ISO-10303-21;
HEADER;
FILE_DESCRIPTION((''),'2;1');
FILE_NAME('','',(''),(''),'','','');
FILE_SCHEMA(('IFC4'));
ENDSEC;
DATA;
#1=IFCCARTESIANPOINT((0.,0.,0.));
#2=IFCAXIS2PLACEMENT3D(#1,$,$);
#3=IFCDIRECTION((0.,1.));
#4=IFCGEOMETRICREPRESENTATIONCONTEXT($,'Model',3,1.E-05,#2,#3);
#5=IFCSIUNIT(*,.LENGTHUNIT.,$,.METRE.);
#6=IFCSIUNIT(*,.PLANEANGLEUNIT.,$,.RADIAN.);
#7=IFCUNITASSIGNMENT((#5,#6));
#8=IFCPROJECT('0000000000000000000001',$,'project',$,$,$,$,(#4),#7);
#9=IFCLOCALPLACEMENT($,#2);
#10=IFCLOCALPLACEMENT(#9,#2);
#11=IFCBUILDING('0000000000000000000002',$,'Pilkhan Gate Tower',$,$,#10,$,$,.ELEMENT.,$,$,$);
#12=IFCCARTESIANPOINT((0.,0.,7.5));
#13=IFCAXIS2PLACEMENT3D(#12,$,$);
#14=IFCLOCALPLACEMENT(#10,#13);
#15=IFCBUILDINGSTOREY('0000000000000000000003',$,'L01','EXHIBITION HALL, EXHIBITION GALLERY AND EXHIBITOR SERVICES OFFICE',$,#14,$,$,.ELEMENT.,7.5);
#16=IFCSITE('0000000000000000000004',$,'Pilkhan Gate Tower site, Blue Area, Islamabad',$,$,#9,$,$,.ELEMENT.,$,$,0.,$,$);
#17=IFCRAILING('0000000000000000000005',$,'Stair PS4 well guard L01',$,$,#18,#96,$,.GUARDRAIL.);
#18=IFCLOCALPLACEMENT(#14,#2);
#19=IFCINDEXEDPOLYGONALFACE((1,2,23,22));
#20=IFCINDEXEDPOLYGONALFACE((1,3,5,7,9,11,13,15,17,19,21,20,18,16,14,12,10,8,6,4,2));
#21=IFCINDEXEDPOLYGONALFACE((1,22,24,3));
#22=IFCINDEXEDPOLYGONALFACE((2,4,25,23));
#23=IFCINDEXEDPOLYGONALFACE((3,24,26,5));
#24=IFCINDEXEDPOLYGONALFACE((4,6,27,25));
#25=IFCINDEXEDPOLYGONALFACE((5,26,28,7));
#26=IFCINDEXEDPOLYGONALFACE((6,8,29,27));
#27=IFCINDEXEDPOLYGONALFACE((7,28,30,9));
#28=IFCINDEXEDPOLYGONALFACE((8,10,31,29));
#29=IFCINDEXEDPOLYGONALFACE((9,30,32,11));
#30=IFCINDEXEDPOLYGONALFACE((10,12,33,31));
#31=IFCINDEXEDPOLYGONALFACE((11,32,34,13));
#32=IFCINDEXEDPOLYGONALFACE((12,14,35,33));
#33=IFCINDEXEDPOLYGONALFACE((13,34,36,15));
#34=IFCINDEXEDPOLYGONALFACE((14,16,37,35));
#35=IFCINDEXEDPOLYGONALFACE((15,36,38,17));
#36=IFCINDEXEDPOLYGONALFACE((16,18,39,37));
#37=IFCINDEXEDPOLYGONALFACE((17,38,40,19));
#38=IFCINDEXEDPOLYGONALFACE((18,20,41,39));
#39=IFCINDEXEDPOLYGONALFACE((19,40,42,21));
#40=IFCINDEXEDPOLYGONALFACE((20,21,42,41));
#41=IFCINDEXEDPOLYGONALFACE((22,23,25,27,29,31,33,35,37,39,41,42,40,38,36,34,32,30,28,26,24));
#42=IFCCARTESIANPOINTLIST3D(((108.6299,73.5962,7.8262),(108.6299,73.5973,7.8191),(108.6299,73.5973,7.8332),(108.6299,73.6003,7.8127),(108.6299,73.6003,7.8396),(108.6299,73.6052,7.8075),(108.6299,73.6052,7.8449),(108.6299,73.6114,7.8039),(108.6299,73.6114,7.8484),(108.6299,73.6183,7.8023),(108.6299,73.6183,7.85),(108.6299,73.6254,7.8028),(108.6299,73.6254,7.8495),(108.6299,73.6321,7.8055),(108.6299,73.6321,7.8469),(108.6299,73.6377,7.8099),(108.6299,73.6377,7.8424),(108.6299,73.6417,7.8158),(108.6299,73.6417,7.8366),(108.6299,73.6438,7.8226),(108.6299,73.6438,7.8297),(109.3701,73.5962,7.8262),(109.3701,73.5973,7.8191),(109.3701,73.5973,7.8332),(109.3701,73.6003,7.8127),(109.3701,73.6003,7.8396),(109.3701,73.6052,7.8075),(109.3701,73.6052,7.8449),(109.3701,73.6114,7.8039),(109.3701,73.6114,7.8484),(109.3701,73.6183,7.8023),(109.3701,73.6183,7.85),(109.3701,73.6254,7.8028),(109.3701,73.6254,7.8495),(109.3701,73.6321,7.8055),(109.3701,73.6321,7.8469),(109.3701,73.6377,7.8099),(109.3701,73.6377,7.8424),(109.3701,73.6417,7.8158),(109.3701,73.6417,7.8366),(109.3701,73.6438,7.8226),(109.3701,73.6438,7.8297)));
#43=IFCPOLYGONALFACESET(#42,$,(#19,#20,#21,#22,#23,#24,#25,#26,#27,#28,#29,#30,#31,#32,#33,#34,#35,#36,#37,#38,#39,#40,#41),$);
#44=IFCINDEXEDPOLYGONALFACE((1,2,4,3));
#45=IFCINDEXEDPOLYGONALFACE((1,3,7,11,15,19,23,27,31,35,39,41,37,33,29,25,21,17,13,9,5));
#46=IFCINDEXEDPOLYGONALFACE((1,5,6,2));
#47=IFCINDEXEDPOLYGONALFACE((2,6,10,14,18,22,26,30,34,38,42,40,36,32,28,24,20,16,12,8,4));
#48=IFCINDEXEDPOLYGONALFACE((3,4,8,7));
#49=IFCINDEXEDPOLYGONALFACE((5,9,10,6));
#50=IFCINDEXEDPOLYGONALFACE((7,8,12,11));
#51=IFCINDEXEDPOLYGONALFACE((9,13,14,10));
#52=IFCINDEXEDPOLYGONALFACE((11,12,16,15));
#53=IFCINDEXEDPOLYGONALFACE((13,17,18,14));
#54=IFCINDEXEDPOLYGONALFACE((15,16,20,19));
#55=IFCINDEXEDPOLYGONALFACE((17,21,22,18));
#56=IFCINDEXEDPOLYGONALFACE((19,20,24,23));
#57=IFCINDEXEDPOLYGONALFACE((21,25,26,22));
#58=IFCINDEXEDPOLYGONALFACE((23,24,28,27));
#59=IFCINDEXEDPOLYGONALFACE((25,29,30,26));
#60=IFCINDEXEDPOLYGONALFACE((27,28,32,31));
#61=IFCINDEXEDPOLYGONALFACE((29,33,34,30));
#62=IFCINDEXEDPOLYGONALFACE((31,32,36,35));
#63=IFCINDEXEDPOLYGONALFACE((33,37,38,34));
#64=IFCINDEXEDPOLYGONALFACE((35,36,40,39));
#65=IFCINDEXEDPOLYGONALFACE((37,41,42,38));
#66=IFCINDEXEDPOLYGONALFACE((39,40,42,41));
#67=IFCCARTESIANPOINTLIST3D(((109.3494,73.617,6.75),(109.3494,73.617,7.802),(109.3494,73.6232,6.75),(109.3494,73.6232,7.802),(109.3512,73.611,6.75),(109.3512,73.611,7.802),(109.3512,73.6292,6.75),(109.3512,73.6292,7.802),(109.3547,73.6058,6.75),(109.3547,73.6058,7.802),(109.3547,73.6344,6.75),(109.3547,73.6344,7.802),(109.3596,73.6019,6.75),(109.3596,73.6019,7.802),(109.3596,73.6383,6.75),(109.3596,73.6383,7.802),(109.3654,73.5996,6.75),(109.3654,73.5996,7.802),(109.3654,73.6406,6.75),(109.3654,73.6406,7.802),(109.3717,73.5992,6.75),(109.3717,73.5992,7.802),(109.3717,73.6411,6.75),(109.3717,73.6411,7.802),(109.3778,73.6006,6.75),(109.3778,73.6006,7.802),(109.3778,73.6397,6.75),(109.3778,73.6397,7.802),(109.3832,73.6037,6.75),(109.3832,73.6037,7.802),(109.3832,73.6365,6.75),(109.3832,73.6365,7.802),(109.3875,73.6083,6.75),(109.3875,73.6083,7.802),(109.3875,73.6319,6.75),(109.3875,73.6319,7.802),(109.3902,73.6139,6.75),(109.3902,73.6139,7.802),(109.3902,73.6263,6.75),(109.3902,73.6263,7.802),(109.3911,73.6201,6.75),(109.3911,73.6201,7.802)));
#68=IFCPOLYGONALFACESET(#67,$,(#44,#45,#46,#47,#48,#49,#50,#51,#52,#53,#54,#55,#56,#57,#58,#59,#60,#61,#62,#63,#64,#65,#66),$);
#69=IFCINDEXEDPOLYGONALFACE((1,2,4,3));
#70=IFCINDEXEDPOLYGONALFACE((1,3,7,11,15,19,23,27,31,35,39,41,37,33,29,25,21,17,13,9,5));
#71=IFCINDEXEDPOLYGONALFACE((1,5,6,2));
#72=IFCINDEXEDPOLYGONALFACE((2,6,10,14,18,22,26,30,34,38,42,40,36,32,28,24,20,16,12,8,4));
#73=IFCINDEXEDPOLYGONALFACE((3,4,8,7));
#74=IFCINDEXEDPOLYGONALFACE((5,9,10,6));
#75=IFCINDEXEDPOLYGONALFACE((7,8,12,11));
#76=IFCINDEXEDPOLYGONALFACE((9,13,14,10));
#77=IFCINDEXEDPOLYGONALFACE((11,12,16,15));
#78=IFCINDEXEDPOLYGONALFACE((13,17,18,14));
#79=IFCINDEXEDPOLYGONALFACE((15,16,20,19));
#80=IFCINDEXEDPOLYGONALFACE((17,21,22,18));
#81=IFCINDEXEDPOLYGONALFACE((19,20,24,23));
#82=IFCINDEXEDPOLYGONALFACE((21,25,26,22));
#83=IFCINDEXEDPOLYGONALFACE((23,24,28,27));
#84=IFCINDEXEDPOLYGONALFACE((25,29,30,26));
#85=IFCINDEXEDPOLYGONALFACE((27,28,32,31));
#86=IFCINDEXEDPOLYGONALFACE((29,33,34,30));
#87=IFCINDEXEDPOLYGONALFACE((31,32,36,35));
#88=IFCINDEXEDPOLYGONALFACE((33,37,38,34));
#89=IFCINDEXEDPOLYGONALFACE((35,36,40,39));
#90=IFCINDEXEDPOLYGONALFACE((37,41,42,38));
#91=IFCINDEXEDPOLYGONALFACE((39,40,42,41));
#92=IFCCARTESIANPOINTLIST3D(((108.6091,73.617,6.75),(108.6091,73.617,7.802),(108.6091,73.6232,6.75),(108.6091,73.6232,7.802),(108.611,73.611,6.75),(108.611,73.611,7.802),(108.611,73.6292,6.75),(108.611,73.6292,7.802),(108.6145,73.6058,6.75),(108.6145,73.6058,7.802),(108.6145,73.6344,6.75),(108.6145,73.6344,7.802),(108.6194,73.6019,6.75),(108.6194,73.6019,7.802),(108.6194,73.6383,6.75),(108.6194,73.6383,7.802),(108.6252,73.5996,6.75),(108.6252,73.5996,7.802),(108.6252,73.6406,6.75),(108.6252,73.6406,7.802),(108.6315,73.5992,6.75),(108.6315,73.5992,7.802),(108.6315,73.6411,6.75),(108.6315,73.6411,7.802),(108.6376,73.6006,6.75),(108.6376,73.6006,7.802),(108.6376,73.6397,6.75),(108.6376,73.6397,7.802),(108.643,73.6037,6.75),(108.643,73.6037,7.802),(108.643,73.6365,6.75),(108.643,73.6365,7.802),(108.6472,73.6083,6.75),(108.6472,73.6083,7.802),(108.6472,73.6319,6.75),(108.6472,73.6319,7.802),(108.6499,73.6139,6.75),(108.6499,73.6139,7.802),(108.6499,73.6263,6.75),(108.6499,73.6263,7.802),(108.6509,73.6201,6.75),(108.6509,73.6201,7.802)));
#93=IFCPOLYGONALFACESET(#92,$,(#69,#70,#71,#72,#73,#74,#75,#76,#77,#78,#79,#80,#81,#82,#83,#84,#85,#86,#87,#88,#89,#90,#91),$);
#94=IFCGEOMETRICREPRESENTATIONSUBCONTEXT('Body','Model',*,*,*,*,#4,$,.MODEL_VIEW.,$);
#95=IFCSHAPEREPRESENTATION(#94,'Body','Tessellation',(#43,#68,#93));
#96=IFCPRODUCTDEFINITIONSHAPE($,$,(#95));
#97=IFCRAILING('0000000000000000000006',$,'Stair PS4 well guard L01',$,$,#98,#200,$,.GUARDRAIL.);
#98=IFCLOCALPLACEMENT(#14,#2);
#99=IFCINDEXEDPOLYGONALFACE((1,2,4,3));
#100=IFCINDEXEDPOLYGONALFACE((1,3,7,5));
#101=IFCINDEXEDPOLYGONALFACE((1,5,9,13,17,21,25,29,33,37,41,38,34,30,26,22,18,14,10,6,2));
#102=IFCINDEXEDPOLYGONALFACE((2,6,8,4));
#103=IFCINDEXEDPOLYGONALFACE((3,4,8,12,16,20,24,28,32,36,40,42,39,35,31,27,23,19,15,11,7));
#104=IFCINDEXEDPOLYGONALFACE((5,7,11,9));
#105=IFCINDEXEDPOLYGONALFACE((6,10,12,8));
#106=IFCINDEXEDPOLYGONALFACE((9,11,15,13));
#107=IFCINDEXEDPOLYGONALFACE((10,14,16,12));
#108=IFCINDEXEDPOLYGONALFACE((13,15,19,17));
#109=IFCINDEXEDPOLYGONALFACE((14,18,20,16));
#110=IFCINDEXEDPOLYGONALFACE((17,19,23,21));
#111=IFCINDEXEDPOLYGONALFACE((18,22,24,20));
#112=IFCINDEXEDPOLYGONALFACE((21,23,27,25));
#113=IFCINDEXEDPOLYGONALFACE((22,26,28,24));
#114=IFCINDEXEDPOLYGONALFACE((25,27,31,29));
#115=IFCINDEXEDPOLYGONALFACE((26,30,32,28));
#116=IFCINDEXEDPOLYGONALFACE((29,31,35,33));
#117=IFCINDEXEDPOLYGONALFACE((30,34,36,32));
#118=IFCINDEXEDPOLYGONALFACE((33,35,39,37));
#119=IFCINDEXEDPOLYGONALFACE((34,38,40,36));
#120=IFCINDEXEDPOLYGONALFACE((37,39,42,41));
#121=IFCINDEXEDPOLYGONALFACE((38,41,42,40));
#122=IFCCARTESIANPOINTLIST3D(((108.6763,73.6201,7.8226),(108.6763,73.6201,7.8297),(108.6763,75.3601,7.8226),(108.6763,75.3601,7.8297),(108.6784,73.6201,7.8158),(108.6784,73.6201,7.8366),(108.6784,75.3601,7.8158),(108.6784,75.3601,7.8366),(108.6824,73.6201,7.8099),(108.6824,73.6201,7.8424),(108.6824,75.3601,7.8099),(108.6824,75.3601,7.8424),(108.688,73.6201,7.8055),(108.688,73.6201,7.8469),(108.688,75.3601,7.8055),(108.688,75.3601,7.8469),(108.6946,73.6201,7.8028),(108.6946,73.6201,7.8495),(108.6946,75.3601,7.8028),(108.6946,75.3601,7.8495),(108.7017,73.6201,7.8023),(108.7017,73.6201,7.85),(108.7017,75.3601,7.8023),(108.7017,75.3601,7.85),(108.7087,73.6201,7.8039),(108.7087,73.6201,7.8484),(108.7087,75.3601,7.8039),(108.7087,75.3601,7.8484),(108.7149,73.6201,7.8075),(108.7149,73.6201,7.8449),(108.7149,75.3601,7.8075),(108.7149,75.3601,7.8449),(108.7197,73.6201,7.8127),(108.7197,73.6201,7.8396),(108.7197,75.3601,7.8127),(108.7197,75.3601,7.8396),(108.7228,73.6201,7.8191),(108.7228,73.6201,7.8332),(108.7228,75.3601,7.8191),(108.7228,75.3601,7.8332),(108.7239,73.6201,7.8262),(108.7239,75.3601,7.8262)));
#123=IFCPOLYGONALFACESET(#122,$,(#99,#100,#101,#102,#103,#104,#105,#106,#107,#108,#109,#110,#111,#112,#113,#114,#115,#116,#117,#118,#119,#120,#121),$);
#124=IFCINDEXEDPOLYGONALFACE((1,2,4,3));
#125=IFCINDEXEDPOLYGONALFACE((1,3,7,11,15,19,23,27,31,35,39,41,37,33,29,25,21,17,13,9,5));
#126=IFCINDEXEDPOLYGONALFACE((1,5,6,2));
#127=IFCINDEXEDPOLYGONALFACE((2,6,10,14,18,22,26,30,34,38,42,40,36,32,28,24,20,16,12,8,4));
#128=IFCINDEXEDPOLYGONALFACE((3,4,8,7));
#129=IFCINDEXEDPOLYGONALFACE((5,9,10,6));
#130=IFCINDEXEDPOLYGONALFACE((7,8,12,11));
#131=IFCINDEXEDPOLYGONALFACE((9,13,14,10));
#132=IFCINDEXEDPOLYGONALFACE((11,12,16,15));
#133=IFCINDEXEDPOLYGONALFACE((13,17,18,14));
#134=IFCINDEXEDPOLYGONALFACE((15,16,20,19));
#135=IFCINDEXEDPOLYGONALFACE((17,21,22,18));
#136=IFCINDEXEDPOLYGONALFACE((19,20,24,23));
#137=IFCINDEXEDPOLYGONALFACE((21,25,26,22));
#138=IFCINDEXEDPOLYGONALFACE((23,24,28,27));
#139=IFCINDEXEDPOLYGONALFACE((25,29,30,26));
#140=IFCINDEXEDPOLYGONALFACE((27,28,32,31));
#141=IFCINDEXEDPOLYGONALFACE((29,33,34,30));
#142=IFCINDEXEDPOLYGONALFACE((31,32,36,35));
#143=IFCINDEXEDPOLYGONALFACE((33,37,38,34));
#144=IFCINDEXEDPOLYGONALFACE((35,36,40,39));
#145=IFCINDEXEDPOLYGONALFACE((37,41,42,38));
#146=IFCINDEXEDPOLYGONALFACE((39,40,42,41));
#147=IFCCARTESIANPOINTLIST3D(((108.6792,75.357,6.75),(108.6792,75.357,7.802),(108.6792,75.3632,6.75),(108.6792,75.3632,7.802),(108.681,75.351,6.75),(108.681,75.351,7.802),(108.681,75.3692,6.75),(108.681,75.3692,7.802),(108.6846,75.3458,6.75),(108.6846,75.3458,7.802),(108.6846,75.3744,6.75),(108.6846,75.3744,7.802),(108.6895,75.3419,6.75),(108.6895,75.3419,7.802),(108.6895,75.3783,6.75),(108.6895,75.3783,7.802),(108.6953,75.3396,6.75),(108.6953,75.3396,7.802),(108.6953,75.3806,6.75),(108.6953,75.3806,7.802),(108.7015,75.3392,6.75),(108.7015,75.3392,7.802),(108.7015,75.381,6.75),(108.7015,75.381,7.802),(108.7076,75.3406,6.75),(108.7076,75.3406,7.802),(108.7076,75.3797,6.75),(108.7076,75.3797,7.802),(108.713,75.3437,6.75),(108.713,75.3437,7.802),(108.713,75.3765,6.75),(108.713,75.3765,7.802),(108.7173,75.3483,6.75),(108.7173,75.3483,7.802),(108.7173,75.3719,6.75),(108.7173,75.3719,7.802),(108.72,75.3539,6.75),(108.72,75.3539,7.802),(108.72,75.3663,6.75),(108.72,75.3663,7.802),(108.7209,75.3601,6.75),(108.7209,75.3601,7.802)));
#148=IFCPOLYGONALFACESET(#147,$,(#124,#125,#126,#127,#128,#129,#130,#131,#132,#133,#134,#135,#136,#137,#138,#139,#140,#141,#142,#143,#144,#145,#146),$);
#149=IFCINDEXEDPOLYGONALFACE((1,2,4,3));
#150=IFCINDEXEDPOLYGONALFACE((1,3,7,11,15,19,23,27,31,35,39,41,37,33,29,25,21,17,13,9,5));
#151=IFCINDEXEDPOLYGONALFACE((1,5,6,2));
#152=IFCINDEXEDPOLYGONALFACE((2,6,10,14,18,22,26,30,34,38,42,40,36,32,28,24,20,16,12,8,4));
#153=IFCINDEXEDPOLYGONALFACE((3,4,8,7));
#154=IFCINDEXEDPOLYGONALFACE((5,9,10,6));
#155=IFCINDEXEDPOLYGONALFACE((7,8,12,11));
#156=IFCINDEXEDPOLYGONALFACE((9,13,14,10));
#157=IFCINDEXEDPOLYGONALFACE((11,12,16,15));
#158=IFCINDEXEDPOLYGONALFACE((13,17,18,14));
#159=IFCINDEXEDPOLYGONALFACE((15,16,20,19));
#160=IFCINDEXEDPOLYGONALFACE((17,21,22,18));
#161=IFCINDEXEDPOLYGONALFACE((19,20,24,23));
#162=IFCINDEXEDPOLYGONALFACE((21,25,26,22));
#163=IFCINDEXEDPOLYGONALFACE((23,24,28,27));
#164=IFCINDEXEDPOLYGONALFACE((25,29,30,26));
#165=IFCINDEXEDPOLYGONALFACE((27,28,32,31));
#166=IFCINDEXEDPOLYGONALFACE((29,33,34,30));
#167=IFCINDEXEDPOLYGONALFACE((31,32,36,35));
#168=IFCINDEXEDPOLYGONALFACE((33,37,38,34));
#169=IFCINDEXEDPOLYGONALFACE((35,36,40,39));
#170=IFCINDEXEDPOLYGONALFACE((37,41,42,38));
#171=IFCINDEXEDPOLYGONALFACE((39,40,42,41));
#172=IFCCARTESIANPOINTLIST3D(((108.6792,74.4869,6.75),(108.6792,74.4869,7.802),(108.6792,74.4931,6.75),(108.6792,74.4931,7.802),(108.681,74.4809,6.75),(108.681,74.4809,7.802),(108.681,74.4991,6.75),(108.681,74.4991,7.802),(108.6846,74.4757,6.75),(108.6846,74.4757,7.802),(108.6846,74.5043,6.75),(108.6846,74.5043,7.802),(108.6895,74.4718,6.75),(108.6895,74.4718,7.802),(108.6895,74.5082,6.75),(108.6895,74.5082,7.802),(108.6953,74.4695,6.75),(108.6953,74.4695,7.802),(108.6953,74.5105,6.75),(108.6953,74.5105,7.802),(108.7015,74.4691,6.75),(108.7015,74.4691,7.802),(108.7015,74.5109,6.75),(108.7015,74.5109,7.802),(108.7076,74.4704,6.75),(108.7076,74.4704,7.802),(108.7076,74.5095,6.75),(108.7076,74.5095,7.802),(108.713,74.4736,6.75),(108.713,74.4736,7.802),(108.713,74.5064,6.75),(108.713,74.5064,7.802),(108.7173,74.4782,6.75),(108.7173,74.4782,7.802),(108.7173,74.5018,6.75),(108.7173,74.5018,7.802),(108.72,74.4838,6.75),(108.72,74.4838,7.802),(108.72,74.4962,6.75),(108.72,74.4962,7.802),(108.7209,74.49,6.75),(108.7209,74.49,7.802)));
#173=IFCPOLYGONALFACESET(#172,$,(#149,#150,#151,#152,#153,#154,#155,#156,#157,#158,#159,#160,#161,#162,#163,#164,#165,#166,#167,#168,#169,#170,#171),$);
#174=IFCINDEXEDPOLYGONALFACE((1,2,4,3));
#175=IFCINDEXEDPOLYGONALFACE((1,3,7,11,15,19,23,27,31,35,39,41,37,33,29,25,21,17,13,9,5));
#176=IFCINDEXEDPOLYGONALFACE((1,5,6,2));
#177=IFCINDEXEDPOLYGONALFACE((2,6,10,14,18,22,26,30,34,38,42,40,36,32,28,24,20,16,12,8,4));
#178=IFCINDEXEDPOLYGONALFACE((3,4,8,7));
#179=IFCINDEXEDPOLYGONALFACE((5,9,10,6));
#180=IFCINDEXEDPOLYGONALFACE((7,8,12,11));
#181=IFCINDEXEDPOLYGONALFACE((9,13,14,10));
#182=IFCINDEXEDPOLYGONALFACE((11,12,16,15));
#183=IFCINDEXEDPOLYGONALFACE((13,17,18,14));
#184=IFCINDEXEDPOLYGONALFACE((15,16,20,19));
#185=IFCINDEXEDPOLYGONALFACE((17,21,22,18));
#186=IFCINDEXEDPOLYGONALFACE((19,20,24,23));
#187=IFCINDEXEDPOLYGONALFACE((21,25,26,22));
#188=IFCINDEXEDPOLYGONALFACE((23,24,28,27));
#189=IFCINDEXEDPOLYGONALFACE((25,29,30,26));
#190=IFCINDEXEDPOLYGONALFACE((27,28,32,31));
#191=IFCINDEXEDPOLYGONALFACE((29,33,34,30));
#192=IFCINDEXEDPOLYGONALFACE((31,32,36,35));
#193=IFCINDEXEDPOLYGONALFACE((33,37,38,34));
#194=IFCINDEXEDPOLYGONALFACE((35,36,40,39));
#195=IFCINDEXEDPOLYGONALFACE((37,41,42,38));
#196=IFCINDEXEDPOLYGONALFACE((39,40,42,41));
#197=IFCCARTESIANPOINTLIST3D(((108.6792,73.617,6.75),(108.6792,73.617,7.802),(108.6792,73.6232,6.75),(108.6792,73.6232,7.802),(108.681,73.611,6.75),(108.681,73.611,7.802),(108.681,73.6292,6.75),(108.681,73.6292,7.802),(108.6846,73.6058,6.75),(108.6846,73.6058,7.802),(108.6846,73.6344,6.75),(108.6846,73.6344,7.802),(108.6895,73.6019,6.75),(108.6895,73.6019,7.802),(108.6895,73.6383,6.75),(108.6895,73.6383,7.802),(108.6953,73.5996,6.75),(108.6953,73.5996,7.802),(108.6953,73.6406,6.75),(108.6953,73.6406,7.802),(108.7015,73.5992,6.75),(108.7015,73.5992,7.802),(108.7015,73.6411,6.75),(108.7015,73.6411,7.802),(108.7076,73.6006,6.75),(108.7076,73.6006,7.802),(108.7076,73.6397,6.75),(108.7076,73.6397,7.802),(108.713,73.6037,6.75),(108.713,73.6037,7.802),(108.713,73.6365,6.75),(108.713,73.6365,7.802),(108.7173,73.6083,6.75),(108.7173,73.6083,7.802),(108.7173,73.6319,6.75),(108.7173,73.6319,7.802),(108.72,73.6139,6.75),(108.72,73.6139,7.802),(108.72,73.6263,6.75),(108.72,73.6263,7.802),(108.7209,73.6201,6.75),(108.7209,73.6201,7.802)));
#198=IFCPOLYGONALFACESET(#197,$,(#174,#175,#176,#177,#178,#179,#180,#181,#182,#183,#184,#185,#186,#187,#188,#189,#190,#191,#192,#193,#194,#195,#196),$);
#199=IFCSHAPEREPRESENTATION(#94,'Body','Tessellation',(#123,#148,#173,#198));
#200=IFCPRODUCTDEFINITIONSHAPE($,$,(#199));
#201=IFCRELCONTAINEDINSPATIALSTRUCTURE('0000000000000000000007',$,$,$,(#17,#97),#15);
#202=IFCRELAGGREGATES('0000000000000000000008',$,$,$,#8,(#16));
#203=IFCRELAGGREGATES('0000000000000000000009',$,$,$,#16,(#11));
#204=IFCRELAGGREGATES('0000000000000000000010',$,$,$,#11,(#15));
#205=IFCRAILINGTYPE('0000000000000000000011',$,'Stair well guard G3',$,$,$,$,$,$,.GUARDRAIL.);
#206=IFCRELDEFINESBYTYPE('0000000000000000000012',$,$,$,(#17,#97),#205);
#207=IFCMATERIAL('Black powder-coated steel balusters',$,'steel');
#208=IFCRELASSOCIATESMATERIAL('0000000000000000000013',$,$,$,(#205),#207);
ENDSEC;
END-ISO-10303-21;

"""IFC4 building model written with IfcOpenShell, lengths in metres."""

from ifc_helpers import new_model, si_unit, direction, frame, origin, origin_2d, place, context, subcontext, project, spatial, circle, extrude, material, type_object, element, save


model = new_model("IFC4")

# Units and contexts
model_context = context("Model", 3, precision=1e-05, world=origin(), true_north=direction((0.0, 1.0)))
body_context = subcontext(model_context, "Body", "Model", "MODEL_VIEW")
ifc_project = project(units=[si_unit("LENGTHUNIT", "METRE"), si_unit("PLANEANGLEUNIT", "RADIAN")], contexts=[model_context])

# Site, building, storey
site_placement = place(None, origin())
site = spatial("IfcSite", under=ifc_project, at=site_placement, Name="Pilkhan Gate Tower site, Blue Area, Islamabad", CompositionType="ELEMENT", RefElevation=0.0)
building_placement = place(site_placement, origin())
building = spatial("IfcBuilding", under=site, at=building_placement, Name="Pilkhan Gate Tower", CompositionType="ELEMENT")
storey_placement = place(building_placement, frame((0.0, 0.0, 7.5)))
storey = spatial("IfcBuildingStorey", under=building, at=storey_placement, Name="L01", Description="EXHIBITION HALL, EXHIBITION GALLERY AND EXHIBITOR SERVICES OFFICE", CompositionType="ELEMENT", Elevation=7.5)

# Railings
ifc_material_1 = material(Name="Black powder-coated steel balusters", Category="steel")
railing_type_1 = type_object("IfcRailingType", Name="Stair well guard G3", PredefinedType="GUARDRAIL", material=ifc_material_1)
railing_1_placement = place(storey_placement, frame((109.3701, 73.6201, 6.75)))
element("IfcRailing", 1, at=railing_1_placement, inside=storey, type_object=railing_type_1, Name="Stair PS4 well guard L01", PredefinedType="GUARDRAIL", context=body_context, shape_type="SweptSolid", body=[
    extrude(circle(Radius=0.0239, at=origin_2d()), frame((0.0, 0.0, 1.0762), z_axis=(-1.0, 0.0, 0.0), x_axis=(0.0, -1.0, 0.0)), (0.0, 0.0, 1.0), 0.7402),
    extrude(circle(Radius=0.021, at=origin_2d()), origin(), (0.0, 0.0, 1.0), 1.052),
    extrude(circle(Radius=0.021, at=origin_2d()), frame((-0.7402, 0.0, 0.0)), (0.0, 0.0, 1.0), 1.052),
])
railing_2_placement = place(storey_placement, frame((108.7, 75.3601, 6.75)))
element("IfcRailing", 2, at=railing_2_placement, inside=storey, type_object=railing_type_1, Name="Stair PS4 well guard L01", PredefinedType="GUARDRAIL", context=body_context, shape_type="SweptSolid", body=[
    extrude(circle(Radius=0.0239, at=origin_2d()), frame((0.0, 0.0, 1.0762), z_axis=(0.0, -1.0, 0.0), x_axis=(1.0, 0.0, 0.0)), (0.0, 0.0, 1.0), 1.74),
    extrude(circle(Radius=0.021, at=origin_2d()), origin(), (0.0, 0.0, 1.0), 1.052),
    extrude(circle(Radius=0.021, at=origin_2d()), frame((0.0, -0.8701, 0.0)), (0.0, 0.0, 1.0), 1.052),
    extrude(circle(Radius=0.021, at=origin_2d()), frame((0.0, -1.74, 0.0)), (0.0, 0.0, 1.0), 1.052),
])

save(model, "model.ifc")
